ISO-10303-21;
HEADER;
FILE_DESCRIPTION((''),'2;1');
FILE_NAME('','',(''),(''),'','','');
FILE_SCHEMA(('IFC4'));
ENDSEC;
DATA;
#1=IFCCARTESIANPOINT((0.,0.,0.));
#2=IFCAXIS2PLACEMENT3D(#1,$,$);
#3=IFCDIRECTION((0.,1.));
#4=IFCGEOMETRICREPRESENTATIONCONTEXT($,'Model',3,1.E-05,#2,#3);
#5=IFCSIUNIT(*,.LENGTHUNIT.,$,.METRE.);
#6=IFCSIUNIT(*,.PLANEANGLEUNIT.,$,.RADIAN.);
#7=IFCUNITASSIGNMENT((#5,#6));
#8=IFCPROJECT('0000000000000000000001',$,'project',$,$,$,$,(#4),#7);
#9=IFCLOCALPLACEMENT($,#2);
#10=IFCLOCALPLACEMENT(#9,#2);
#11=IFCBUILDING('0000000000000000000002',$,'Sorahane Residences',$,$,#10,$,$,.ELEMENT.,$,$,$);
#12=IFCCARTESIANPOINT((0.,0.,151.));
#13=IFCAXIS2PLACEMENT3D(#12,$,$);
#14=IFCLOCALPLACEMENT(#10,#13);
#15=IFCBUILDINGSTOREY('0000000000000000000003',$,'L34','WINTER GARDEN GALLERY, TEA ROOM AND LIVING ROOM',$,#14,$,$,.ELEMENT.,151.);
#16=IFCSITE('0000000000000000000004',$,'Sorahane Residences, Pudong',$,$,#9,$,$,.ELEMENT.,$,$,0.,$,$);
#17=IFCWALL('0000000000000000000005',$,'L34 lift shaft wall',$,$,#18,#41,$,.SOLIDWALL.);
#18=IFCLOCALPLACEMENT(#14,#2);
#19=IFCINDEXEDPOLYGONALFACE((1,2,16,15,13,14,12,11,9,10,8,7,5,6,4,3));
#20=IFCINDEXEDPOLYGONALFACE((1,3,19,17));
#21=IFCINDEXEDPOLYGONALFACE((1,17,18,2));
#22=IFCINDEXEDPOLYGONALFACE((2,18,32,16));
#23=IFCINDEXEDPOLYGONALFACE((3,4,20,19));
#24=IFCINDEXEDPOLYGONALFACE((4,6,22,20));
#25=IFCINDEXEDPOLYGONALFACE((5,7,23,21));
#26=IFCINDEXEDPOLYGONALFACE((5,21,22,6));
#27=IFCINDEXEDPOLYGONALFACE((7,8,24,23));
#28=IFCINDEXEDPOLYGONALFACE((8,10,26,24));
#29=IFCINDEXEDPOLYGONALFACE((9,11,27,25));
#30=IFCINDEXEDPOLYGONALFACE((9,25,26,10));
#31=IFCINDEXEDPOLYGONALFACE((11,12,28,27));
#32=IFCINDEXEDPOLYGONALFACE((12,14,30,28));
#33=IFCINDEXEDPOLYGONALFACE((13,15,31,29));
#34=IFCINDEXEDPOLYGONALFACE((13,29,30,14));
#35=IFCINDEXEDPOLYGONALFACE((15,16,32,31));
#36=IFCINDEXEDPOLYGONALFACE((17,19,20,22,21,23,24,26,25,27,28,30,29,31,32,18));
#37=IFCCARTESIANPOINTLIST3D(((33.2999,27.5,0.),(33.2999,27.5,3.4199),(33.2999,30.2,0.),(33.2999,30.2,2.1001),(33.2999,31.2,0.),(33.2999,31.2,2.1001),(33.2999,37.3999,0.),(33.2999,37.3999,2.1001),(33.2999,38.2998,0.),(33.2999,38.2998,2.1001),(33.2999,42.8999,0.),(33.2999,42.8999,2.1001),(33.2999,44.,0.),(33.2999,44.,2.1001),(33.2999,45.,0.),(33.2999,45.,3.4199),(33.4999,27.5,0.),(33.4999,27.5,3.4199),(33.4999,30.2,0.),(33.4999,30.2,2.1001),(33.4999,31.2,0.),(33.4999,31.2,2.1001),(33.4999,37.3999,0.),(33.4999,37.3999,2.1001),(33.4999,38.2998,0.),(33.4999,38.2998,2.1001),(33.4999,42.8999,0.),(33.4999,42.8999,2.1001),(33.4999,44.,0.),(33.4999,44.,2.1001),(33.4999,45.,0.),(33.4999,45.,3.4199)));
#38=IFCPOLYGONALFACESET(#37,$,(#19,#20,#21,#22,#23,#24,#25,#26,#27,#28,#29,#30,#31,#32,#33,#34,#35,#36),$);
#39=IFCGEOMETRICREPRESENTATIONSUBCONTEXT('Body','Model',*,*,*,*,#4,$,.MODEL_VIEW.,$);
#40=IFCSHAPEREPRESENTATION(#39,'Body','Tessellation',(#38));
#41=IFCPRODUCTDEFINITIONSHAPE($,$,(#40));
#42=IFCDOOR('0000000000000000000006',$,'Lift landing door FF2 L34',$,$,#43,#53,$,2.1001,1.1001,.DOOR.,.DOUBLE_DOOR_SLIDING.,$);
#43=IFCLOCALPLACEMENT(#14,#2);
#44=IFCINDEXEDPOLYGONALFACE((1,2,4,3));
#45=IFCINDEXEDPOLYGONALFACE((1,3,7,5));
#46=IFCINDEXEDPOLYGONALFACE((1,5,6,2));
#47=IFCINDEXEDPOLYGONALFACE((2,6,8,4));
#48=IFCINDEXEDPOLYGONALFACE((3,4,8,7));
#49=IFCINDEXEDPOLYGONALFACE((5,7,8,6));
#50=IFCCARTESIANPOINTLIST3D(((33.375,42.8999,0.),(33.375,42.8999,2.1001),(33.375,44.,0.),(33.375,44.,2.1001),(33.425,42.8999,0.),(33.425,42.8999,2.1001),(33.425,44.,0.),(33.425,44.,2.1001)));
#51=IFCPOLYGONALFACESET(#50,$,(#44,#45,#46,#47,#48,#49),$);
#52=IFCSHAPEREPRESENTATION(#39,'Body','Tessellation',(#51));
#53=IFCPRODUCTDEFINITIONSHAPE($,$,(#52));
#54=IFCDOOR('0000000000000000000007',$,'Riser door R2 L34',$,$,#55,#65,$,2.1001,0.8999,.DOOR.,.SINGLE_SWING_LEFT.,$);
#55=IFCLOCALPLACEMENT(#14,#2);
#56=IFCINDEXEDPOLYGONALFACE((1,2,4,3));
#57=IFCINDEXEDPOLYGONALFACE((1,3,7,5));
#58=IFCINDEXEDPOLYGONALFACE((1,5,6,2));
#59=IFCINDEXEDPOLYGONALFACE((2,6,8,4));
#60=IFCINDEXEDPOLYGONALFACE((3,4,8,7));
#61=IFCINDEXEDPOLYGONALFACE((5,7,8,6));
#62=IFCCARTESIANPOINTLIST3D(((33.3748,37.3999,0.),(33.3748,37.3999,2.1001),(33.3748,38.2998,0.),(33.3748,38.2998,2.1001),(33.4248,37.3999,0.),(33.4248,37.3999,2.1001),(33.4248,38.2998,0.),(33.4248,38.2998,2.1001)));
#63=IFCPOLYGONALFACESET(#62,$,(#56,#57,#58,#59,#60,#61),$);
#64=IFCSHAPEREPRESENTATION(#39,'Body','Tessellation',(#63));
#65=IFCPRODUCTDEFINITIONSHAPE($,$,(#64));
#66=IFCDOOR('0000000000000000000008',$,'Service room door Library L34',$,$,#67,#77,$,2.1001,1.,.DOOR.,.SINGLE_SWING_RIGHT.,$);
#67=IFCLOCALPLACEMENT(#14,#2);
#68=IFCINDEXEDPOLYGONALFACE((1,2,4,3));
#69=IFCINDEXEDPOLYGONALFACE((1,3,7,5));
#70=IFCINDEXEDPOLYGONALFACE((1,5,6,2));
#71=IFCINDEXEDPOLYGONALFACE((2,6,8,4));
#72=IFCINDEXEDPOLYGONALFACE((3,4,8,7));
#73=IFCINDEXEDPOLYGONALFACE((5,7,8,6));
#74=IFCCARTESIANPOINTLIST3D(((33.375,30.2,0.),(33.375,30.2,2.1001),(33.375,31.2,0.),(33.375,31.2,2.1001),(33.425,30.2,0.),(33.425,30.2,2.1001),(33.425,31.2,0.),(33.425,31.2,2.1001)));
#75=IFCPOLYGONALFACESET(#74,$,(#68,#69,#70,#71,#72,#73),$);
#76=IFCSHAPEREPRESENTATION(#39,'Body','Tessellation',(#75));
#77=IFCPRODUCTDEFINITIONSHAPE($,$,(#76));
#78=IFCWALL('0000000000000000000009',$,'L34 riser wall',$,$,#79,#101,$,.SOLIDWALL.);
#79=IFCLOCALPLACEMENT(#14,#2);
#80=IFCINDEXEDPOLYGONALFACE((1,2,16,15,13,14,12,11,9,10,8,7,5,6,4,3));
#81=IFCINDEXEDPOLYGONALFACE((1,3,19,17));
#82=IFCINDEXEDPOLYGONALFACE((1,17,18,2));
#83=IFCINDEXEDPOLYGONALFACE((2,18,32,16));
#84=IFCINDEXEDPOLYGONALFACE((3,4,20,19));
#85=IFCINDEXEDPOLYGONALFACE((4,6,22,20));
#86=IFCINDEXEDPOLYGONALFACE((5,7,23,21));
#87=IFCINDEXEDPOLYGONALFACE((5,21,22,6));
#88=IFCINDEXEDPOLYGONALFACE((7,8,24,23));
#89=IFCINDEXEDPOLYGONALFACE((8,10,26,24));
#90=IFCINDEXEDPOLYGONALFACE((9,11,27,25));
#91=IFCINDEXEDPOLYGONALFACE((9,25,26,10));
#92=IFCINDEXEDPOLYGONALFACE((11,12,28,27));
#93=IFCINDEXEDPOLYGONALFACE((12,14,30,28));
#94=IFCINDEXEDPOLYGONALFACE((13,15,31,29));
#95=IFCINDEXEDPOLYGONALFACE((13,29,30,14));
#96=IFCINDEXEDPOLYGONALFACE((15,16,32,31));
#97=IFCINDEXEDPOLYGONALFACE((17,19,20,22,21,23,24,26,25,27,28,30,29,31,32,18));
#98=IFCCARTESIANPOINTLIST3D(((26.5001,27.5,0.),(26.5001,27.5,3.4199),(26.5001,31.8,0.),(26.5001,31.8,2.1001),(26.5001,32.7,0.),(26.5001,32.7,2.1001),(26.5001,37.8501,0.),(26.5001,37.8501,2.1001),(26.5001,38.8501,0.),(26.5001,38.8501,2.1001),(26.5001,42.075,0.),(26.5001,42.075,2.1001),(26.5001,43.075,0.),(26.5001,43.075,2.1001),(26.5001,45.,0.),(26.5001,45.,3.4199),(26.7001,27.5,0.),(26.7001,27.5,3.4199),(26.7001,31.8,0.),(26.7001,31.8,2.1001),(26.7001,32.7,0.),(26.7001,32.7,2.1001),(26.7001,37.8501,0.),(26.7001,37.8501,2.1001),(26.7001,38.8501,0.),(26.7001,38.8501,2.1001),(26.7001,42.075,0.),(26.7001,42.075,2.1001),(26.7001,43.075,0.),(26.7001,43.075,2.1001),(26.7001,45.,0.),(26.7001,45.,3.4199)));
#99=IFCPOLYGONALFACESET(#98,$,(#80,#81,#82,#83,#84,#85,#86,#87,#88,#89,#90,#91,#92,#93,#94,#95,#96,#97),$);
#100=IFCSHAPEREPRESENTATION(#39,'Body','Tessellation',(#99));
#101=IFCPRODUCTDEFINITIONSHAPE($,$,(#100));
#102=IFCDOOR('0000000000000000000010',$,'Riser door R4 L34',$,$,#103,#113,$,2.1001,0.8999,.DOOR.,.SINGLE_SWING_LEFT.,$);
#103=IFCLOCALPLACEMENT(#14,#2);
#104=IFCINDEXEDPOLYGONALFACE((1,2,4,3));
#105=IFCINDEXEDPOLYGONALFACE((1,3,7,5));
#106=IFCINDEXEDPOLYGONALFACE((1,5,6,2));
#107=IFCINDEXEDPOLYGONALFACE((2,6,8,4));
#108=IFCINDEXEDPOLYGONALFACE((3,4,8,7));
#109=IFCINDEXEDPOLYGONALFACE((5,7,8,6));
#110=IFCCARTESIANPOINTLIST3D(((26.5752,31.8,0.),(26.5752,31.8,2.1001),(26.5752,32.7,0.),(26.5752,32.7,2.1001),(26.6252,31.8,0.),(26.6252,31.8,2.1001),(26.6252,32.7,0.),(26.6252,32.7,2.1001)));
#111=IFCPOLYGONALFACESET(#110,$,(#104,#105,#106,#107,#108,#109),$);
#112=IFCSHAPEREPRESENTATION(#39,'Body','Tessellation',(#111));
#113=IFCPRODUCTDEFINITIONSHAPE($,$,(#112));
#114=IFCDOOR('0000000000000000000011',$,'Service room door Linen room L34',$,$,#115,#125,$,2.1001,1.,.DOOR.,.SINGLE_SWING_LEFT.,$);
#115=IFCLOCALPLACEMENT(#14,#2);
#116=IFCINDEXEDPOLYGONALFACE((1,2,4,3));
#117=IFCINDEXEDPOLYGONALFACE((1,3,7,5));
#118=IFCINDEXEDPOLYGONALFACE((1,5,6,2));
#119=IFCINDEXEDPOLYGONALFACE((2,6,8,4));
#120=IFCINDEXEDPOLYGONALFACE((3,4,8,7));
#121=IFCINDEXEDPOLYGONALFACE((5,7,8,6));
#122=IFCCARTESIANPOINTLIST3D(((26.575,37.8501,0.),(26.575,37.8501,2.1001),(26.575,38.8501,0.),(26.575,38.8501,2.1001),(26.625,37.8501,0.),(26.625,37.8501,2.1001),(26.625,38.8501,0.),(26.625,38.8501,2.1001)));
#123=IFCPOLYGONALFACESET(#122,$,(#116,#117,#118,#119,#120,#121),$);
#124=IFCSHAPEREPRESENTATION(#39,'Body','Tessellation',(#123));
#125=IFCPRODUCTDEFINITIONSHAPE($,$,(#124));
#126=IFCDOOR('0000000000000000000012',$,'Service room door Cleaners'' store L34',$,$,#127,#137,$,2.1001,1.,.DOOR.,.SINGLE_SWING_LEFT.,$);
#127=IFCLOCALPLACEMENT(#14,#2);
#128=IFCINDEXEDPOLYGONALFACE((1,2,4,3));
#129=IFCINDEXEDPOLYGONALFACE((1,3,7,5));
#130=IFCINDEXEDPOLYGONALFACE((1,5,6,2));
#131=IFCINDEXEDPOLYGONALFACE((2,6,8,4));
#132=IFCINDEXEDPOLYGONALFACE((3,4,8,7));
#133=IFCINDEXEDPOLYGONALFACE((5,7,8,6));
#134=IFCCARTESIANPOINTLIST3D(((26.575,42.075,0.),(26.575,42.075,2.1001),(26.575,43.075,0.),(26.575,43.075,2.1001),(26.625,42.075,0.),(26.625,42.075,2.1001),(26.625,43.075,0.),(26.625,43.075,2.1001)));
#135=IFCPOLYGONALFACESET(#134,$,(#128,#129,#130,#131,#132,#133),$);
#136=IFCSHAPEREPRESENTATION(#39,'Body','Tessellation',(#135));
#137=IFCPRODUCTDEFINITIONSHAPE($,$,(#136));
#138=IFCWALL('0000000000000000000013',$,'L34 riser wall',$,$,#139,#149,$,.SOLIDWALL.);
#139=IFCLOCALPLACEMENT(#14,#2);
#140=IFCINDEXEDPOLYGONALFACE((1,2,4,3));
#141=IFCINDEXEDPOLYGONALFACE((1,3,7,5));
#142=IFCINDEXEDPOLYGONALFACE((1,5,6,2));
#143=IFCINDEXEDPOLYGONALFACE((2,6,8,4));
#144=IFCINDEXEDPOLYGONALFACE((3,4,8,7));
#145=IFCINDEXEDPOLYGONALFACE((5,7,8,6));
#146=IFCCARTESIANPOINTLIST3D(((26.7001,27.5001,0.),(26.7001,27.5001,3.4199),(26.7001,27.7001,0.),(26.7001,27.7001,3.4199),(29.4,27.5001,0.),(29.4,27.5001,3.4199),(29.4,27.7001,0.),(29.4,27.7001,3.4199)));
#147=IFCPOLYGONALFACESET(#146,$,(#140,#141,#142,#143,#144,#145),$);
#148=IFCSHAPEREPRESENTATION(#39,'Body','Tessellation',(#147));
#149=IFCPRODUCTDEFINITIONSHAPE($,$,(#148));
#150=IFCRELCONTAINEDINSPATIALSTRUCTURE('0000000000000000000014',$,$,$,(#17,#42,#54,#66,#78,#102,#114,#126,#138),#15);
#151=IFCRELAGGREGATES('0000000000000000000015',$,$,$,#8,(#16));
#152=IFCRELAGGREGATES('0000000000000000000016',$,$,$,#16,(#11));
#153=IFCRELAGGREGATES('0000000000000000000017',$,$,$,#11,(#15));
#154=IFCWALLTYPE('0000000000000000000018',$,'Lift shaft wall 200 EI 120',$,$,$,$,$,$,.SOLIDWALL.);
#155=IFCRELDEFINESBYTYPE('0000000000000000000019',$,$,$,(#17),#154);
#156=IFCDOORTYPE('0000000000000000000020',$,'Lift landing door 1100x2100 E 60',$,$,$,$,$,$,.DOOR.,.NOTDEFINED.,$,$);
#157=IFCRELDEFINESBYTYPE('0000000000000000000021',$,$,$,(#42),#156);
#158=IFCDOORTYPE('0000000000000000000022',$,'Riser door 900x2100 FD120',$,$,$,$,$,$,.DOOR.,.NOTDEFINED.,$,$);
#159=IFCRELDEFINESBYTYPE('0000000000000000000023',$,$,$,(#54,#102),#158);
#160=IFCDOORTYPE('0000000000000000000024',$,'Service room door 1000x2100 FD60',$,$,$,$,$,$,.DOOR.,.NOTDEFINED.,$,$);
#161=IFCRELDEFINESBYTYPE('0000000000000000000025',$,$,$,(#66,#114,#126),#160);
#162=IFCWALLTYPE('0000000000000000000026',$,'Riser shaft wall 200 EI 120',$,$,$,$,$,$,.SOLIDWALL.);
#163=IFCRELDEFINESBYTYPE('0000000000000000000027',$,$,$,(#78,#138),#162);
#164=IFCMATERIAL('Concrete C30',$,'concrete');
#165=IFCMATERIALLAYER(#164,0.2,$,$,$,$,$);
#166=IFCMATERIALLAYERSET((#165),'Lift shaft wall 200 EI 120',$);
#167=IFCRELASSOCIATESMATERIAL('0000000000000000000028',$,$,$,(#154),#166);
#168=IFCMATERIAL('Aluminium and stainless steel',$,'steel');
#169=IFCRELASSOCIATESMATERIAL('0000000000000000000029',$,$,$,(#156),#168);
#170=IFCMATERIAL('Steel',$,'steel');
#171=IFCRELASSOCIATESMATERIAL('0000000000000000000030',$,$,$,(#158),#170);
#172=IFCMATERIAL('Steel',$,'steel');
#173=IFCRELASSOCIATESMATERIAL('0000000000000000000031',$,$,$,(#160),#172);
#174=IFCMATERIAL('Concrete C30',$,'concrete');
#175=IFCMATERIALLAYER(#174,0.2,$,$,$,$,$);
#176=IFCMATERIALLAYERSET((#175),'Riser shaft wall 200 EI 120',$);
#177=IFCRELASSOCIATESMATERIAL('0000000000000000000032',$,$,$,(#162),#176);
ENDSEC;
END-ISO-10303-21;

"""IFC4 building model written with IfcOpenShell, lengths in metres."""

from ifc_helpers import new_model, si_unit, direction, frame, frame_2d, origin, place, context, subcontext, project, spatial, rectangle, extrude, material, layer, layer_set, type_object, element, fill, save


model = new_model("IFC4")

# Units and contexts
model_context = context("Model", 3, precision=1e-05, world=origin(), true_north=direction((0.0, 1.0)))
body_context = subcontext(model_context, "Body", "Model", "MODEL_VIEW")
ifc_project = project(units=[si_unit("LENGTHUNIT", "METRE"), si_unit("PLANEANGLEUNIT", "RADIAN")], contexts=[model_context])

# Site, building, storey
site_placement = place(None, origin())
site = spatial("IfcSite", under=ifc_project, at=site_placement, Name="Sorahane Residences, Pudong", CompositionType="ELEMENT", RefElevation=0.0)
building_placement = place(site_placement, origin())
building = spatial("IfcBuilding", under=site, at=building_placement, Name="Sorahane Residences", CompositionType="ELEMENT")
storey_placement = place(building_placement, frame((0.0, 0.0, 151.0)))
storey = spatial("IfcBuildingStorey", under=building, at=storey_placement, Name="L34", Description="WINTER GARDEN GALLERY, TEA ROOM AND LIVING ROOM", CompositionType="ELEMENT", Elevation=151.0)

# Walls, openings, doors
ifc_material_1 = material(Name="Concrete C30", Category="concrete")
ifc_layer_1 = layer(ifc_material_1, 0.2)
ifc_layer_set_1 = layer_set([ifc_layer_1], Name="Lift shaft wall 200 EI 120")
wall_type_1 = type_object("IfcWallType", Name="Lift shaft wall 200 EI 120", PredefinedType="SOLIDWALL", material=ifc_layer_set_1)
wall_1_placement = place(storey_placement, frame((33.3999, 27.5, 0.0), z_axis=(0.0, 0.0, 1.0), x_axis=(0.0, 1.0, 0.0)))
wall_1 = element("IfcWall", 1, at=wall_1_placement, inside=storey, type_object=wall_type_1, Name="L34 lift shaft wall", PredefinedType="SOLIDWALL", context=body_context, shape_type="SweptSolid", body=[
    extrude(rectangle(XDim=17.5, YDim=0.2, at=frame_2d((8.75, 0.0))), origin(), (0.0, 0.0, 1.0), 3.4199),
])
opening_1_placement = place(wall_1_placement, frame((15.3999, 0.0, 0.0)))
opening_1 = element("IfcOpeningElement", 2, at=opening_1_placement, cuts=wall_1, PredefinedType="OPENING", context=body_context, shape_type="SweptSolid", body=[
    extrude(rectangle(XDim=1.1001, YDim=2.1001, at=frame_2d((0.55, 1.05))), frame((0.0, 0.1099, 0.0), z_axis=(0.0, -1.0, 0.0), x_axis=(1.0, 0.0, 0.0)), (0.0, 0.0, 1.0), 0.22),
])
opening_2_placement = place(wall_1_placement, frame((2.7, 0.0, 0.0)))
opening_2 = element("IfcOpeningElement", 3, at=opening_2_placement, cuts=wall_1, PredefinedType="OPENING", context=body_context, shape_type="SweptSolid", body=[
    extrude(rectangle(XDim=1.0, YDim=2.1001, at=frame_2d((0.5, 1.05))), frame((0.0, 0.1099, 0.0), z_axis=(0.0, -1.0, 0.0), x_axis=(1.0, 0.0, 0.0)), (0.0, 0.0, 1.0), 0.22),
])
opening_3_placement = place(wall_1_placement, frame((9.8999, 0.0, 0.0)))
opening_3 = element("IfcOpeningElement", 4, at=opening_3_placement, cuts=wall_1, PredefinedType="OPENING", context=body_context, shape_type="SweptSolid", body=[
    extrude(rectangle(XDim=0.8999, YDim=2.1001, at=frame_2d((0.45, 1.05))), frame((0.0, 0.1099, 0.0), z_axis=(0.0, -1.0, 0.0), x_axis=(1.0, 0.0, 0.0)), (0.0, 0.0, 1.0), 0.22),
])
ifc_material_2 = material(Name="Aluminium and stainless steel", Category="steel")
door_type_1 = type_object("IfcDoorType", Name="Lift landing door 1100x2100 E 60", OperationType="NOTDEFINED", PredefinedType="DOOR", material=ifc_material_2)
door_1_placement = place(opening_1_placement, origin())
door_1 = element("IfcDoor", 5, at=door_1_placement, inside=storey, type_object=door_type_1, Name="Lift landing door FF2 L34", OperationType="DOUBLE_DOOR_SLIDING", OverallHeight=2.1001, OverallWidth=1.1001, PredefinedType="DOOR", context=body_context, shape_type="SweptSolid", body=[
    extrude(rectangle(XDim=1.1001, YDim=2.1001, at=frame_2d((0.55, 1.05))), frame((0.0, 0.0249, 0.0), z_axis=(0.0, -1.0, 0.0), x_axis=(1.0, 0.0, 0.0)), (0.0, 0.0, 1.0), 0.05),
])
fill(opening_1, door_1)
ifc_material_3 = material(Name="Steel", Category="steel")
door_type_2 = type_object("IfcDoorType", Name="Riser door 900x2100 FD120", OperationType="NOTDEFINED", PredefinedType="DOOR", material=ifc_material_3)
door_2_placement = place(opening_3_placement, frame((0.8999, 0.0, 0.0), z_axis=(0.0, 0.0, 1.0), x_axis=(-1.0, 0.0, 0.0)))
door_2 = element("IfcDoor", 6, at=door_2_placement, inside=storey, type_object=door_type_2, Name="Riser door R2 L34", OperationType="SINGLE_SWING_LEFT", OverallHeight=2.1001, OverallWidth=0.8999, PredefinedType="DOOR", context=body_context, shape_type="SweptSolid", body=[
    extrude(rectangle(XDim=0.8999, YDim=2.1001, at=frame_2d((0.45, 1.05))), frame((0.0, 0.0249, 0.0), z_axis=(0.0, -1.0, 0.0), x_axis=(1.0, 0.0, 0.0)), (0.0, 0.0, 1.0), 0.05),
])
fill(opening_3, door_2)
ifc_material_4 = material(Name="Steel", Category="steel")
door_type_3 = type_object("IfcDoorType", Name="Service room door 1000x2100 FD60", OperationType="NOTDEFINED", PredefinedType="DOOR", material=ifc_material_4)
door_3_placement = place(opening_2_placement, origin())
door_3 = element("IfcDoor", 7, at=door_3_placement, inside=storey, type_object=door_type_3, Name="Service room door Library L34", OperationType="SINGLE_SWING_RIGHT", OverallHeight=2.1001, OverallWidth=1.0, PredefinedType="DOOR", context=body_context, shape_type="SweptSolid", body=[
    extrude(rectangle(XDim=1.0, YDim=2.1001, at=frame_2d((0.5, 1.05))), frame((0.0, 0.0249, 0.0), z_axis=(0.0, -1.0, 0.0), x_axis=(1.0, 0.0, 0.0)), (0.0, 0.0, 1.0), 0.05),
])
fill(opening_2, door_3)
ifc_material_5 = material(Name="Concrete C30", Category="concrete")
ifc_layer_2 = layer(ifc_material_5, 0.2)
ifc_layer_set_2 = layer_set([ifc_layer_2], Name="Riser shaft wall 200 EI 120")
wall_type_2 = type_object("IfcWallType", Name="Riser shaft wall 200 EI 120", PredefinedType="SOLIDWALL", material=ifc_layer_set_2)
wall_2_placement = place(storey_placement, frame((26.6001, 27.5, 0.0), z_axis=(0.0, 0.0, 1.0), x_axis=(0.0, 1.0, 0.0)))
wall_2 = element("IfcWall", 8, at=wall_2_placement, inside=storey, type_object=wall_type_2, Name="L34 riser wall", PredefinedType="SOLIDWALL", context=body_context, shape_type="SweptSolid", body=[
    extrude(rectangle(XDim=17.5, YDim=0.2, at=frame_2d((8.75, 0.0))), origin(), (0.0, 0.0, 1.0), 3.4199),
])
opening_4_placement = place(wall_2_placement, frame((4.3, 0.0, 0.0)))
opening_4 = element("IfcOpeningElement", 9, at=opening_4_placement, cuts=wall_2, PredefinedType="OPENING", context=body_context, shape_type="SweptSolid", body=[
    extrude(rectangle(XDim=0.8999, YDim=2.1001, at=frame_2d((0.45, 1.05))), frame((0.0, 0.1099, 0.0), z_axis=(0.0, -1.0, 0.0), x_axis=(1.0, 0.0, 0.0)), (0.0, 0.0, 1.0), 0.22),
])
opening_5_placement = place(wall_2_placement, frame((10.3501, 0.0, 0.0)))
opening_5 = element("IfcOpeningElement", 10, at=opening_5_placement, cuts=wall_2, PredefinedType="OPENING", context=body_context, shape_type="SweptSolid", body=[
    extrude(rectangle(XDim=1.0, YDim=2.1001, at=frame_2d((0.5, 1.05))), frame((0.0, 0.1099, 0.0), z_axis=(0.0, -1.0, 0.0), x_axis=(1.0, 0.0, 0.0)), (0.0, 0.0, 1.0), 0.22),
])
opening_6_placement = place(wall_2_placement, frame((14.575, 0.0, 0.0)))
opening_6 = element("IfcOpeningElement", 11, at=opening_6_placement, cuts=wall_2, PredefinedType="OPENING", context=body_context, shape_type="SweptSolid", body=[
    extrude(rectangle(XDim=1.0, YDim=2.1001, at=frame_2d((0.5, 1.05))), frame((0.0, 0.1099, 0.0), z_axis=(0.0, -1.0, 0.0), x_axis=(1.0, 0.0, 0.0)), (0.0, 0.0, 1.0), 0.22),
])
door_4_placement = place(opening_4_placement, origin())
door_4 = element("IfcDoor", 12, at=door_4_placement, inside=storey, type_object=door_type_2, Name="Riser door R4 L34", OperationType="SINGLE_SWING_LEFT", OverallHeight=2.1001, OverallWidth=0.8999, PredefinedType="DOOR", context=body_context, shape_type="SweptSolid", body=[
    extrude(rectangle(XDim=0.8999, YDim=2.1001, at=frame_2d((0.45, 1.05))), frame((0.0, 0.0249, 0.0), z_axis=(0.0, -1.0, 0.0), x_axis=(1.0, 0.0, 0.0)), (0.0, 0.0, 1.0), 0.05),
])
fill(opening_4, door_4)
door_5_placement = place(opening_5_placement, frame((1.0, 0.0, 0.0), z_axis=(0.0, 0.0, 1.0), x_axis=(-1.0, 0.0, 0.0)))
door_5 = element("IfcDoor", 13, at=door_5_placement, inside=storey, type_object=door_type_3, Name="Service room door Linen room L34", OperationType="SINGLE_SWING_LEFT", OverallHeight=2.1001, OverallWidth=1.0, PredefinedType="DOOR", context=body_context, shape_type="SweptSolid", body=[
    extrude(rectangle(XDim=1.0, YDim=2.1001, at=frame_2d((0.5, 1.05))), frame((0.0, 0.0249, 0.0), z_axis=(0.0, -1.0, 0.0), x_axis=(1.0, 0.0, 0.0)), (0.0, 0.0, 1.0), 0.05),
])
fill(opening_5, door_5)
door_6_placement = place(opening_6_placement, frame((1.0, 0.0, 0.0), z_axis=(0.0, 0.0, 1.0), x_axis=(-1.0, 0.0, 0.0)))
door_6 = element("IfcDoor", 14, at=door_6_placement, inside=storey, type_object=door_type_3, Name="Service room door Cleaners' store L34", OperationType="SINGLE_SWING_LEFT", OverallHeight=2.1001, OverallWidth=1.0, PredefinedType="DOOR", context=body_context, shape_type="SweptSolid", body=[
    extrude(rectangle(XDim=1.0, YDim=2.1001, at=frame_2d((0.5, 1.05))), frame((0.0, 0.0249, 0.0), z_axis=(0.0, -1.0, 0.0), x_axis=(1.0, 0.0, 0.0)), (0.0, 0.0, 1.0), 0.05),
])
fill(opening_6, door_6)

# Wall
wall_3_placement = place(storey_placement, frame((26.7, 27.6001, 0.0), z_axis=(0.0, 0.0, 1.0), x_axis=(1.0, 0.0, 0.0)))
element("IfcWall", 15, at=wall_3_placement, inside=storey, type_object=wall_type_2, Name="L34 riser wall", PredefinedType="SOLIDWALL", context=body_context, shape_type="SweptSolid", body=[
    extrude(rectangle(XDim=2.7, YDim=0.2, at=frame_2d((1.3501, 0.0))), origin(), (0.0, 0.0, 1.0), 3.4199),
])

save(model, "model.ifc")
